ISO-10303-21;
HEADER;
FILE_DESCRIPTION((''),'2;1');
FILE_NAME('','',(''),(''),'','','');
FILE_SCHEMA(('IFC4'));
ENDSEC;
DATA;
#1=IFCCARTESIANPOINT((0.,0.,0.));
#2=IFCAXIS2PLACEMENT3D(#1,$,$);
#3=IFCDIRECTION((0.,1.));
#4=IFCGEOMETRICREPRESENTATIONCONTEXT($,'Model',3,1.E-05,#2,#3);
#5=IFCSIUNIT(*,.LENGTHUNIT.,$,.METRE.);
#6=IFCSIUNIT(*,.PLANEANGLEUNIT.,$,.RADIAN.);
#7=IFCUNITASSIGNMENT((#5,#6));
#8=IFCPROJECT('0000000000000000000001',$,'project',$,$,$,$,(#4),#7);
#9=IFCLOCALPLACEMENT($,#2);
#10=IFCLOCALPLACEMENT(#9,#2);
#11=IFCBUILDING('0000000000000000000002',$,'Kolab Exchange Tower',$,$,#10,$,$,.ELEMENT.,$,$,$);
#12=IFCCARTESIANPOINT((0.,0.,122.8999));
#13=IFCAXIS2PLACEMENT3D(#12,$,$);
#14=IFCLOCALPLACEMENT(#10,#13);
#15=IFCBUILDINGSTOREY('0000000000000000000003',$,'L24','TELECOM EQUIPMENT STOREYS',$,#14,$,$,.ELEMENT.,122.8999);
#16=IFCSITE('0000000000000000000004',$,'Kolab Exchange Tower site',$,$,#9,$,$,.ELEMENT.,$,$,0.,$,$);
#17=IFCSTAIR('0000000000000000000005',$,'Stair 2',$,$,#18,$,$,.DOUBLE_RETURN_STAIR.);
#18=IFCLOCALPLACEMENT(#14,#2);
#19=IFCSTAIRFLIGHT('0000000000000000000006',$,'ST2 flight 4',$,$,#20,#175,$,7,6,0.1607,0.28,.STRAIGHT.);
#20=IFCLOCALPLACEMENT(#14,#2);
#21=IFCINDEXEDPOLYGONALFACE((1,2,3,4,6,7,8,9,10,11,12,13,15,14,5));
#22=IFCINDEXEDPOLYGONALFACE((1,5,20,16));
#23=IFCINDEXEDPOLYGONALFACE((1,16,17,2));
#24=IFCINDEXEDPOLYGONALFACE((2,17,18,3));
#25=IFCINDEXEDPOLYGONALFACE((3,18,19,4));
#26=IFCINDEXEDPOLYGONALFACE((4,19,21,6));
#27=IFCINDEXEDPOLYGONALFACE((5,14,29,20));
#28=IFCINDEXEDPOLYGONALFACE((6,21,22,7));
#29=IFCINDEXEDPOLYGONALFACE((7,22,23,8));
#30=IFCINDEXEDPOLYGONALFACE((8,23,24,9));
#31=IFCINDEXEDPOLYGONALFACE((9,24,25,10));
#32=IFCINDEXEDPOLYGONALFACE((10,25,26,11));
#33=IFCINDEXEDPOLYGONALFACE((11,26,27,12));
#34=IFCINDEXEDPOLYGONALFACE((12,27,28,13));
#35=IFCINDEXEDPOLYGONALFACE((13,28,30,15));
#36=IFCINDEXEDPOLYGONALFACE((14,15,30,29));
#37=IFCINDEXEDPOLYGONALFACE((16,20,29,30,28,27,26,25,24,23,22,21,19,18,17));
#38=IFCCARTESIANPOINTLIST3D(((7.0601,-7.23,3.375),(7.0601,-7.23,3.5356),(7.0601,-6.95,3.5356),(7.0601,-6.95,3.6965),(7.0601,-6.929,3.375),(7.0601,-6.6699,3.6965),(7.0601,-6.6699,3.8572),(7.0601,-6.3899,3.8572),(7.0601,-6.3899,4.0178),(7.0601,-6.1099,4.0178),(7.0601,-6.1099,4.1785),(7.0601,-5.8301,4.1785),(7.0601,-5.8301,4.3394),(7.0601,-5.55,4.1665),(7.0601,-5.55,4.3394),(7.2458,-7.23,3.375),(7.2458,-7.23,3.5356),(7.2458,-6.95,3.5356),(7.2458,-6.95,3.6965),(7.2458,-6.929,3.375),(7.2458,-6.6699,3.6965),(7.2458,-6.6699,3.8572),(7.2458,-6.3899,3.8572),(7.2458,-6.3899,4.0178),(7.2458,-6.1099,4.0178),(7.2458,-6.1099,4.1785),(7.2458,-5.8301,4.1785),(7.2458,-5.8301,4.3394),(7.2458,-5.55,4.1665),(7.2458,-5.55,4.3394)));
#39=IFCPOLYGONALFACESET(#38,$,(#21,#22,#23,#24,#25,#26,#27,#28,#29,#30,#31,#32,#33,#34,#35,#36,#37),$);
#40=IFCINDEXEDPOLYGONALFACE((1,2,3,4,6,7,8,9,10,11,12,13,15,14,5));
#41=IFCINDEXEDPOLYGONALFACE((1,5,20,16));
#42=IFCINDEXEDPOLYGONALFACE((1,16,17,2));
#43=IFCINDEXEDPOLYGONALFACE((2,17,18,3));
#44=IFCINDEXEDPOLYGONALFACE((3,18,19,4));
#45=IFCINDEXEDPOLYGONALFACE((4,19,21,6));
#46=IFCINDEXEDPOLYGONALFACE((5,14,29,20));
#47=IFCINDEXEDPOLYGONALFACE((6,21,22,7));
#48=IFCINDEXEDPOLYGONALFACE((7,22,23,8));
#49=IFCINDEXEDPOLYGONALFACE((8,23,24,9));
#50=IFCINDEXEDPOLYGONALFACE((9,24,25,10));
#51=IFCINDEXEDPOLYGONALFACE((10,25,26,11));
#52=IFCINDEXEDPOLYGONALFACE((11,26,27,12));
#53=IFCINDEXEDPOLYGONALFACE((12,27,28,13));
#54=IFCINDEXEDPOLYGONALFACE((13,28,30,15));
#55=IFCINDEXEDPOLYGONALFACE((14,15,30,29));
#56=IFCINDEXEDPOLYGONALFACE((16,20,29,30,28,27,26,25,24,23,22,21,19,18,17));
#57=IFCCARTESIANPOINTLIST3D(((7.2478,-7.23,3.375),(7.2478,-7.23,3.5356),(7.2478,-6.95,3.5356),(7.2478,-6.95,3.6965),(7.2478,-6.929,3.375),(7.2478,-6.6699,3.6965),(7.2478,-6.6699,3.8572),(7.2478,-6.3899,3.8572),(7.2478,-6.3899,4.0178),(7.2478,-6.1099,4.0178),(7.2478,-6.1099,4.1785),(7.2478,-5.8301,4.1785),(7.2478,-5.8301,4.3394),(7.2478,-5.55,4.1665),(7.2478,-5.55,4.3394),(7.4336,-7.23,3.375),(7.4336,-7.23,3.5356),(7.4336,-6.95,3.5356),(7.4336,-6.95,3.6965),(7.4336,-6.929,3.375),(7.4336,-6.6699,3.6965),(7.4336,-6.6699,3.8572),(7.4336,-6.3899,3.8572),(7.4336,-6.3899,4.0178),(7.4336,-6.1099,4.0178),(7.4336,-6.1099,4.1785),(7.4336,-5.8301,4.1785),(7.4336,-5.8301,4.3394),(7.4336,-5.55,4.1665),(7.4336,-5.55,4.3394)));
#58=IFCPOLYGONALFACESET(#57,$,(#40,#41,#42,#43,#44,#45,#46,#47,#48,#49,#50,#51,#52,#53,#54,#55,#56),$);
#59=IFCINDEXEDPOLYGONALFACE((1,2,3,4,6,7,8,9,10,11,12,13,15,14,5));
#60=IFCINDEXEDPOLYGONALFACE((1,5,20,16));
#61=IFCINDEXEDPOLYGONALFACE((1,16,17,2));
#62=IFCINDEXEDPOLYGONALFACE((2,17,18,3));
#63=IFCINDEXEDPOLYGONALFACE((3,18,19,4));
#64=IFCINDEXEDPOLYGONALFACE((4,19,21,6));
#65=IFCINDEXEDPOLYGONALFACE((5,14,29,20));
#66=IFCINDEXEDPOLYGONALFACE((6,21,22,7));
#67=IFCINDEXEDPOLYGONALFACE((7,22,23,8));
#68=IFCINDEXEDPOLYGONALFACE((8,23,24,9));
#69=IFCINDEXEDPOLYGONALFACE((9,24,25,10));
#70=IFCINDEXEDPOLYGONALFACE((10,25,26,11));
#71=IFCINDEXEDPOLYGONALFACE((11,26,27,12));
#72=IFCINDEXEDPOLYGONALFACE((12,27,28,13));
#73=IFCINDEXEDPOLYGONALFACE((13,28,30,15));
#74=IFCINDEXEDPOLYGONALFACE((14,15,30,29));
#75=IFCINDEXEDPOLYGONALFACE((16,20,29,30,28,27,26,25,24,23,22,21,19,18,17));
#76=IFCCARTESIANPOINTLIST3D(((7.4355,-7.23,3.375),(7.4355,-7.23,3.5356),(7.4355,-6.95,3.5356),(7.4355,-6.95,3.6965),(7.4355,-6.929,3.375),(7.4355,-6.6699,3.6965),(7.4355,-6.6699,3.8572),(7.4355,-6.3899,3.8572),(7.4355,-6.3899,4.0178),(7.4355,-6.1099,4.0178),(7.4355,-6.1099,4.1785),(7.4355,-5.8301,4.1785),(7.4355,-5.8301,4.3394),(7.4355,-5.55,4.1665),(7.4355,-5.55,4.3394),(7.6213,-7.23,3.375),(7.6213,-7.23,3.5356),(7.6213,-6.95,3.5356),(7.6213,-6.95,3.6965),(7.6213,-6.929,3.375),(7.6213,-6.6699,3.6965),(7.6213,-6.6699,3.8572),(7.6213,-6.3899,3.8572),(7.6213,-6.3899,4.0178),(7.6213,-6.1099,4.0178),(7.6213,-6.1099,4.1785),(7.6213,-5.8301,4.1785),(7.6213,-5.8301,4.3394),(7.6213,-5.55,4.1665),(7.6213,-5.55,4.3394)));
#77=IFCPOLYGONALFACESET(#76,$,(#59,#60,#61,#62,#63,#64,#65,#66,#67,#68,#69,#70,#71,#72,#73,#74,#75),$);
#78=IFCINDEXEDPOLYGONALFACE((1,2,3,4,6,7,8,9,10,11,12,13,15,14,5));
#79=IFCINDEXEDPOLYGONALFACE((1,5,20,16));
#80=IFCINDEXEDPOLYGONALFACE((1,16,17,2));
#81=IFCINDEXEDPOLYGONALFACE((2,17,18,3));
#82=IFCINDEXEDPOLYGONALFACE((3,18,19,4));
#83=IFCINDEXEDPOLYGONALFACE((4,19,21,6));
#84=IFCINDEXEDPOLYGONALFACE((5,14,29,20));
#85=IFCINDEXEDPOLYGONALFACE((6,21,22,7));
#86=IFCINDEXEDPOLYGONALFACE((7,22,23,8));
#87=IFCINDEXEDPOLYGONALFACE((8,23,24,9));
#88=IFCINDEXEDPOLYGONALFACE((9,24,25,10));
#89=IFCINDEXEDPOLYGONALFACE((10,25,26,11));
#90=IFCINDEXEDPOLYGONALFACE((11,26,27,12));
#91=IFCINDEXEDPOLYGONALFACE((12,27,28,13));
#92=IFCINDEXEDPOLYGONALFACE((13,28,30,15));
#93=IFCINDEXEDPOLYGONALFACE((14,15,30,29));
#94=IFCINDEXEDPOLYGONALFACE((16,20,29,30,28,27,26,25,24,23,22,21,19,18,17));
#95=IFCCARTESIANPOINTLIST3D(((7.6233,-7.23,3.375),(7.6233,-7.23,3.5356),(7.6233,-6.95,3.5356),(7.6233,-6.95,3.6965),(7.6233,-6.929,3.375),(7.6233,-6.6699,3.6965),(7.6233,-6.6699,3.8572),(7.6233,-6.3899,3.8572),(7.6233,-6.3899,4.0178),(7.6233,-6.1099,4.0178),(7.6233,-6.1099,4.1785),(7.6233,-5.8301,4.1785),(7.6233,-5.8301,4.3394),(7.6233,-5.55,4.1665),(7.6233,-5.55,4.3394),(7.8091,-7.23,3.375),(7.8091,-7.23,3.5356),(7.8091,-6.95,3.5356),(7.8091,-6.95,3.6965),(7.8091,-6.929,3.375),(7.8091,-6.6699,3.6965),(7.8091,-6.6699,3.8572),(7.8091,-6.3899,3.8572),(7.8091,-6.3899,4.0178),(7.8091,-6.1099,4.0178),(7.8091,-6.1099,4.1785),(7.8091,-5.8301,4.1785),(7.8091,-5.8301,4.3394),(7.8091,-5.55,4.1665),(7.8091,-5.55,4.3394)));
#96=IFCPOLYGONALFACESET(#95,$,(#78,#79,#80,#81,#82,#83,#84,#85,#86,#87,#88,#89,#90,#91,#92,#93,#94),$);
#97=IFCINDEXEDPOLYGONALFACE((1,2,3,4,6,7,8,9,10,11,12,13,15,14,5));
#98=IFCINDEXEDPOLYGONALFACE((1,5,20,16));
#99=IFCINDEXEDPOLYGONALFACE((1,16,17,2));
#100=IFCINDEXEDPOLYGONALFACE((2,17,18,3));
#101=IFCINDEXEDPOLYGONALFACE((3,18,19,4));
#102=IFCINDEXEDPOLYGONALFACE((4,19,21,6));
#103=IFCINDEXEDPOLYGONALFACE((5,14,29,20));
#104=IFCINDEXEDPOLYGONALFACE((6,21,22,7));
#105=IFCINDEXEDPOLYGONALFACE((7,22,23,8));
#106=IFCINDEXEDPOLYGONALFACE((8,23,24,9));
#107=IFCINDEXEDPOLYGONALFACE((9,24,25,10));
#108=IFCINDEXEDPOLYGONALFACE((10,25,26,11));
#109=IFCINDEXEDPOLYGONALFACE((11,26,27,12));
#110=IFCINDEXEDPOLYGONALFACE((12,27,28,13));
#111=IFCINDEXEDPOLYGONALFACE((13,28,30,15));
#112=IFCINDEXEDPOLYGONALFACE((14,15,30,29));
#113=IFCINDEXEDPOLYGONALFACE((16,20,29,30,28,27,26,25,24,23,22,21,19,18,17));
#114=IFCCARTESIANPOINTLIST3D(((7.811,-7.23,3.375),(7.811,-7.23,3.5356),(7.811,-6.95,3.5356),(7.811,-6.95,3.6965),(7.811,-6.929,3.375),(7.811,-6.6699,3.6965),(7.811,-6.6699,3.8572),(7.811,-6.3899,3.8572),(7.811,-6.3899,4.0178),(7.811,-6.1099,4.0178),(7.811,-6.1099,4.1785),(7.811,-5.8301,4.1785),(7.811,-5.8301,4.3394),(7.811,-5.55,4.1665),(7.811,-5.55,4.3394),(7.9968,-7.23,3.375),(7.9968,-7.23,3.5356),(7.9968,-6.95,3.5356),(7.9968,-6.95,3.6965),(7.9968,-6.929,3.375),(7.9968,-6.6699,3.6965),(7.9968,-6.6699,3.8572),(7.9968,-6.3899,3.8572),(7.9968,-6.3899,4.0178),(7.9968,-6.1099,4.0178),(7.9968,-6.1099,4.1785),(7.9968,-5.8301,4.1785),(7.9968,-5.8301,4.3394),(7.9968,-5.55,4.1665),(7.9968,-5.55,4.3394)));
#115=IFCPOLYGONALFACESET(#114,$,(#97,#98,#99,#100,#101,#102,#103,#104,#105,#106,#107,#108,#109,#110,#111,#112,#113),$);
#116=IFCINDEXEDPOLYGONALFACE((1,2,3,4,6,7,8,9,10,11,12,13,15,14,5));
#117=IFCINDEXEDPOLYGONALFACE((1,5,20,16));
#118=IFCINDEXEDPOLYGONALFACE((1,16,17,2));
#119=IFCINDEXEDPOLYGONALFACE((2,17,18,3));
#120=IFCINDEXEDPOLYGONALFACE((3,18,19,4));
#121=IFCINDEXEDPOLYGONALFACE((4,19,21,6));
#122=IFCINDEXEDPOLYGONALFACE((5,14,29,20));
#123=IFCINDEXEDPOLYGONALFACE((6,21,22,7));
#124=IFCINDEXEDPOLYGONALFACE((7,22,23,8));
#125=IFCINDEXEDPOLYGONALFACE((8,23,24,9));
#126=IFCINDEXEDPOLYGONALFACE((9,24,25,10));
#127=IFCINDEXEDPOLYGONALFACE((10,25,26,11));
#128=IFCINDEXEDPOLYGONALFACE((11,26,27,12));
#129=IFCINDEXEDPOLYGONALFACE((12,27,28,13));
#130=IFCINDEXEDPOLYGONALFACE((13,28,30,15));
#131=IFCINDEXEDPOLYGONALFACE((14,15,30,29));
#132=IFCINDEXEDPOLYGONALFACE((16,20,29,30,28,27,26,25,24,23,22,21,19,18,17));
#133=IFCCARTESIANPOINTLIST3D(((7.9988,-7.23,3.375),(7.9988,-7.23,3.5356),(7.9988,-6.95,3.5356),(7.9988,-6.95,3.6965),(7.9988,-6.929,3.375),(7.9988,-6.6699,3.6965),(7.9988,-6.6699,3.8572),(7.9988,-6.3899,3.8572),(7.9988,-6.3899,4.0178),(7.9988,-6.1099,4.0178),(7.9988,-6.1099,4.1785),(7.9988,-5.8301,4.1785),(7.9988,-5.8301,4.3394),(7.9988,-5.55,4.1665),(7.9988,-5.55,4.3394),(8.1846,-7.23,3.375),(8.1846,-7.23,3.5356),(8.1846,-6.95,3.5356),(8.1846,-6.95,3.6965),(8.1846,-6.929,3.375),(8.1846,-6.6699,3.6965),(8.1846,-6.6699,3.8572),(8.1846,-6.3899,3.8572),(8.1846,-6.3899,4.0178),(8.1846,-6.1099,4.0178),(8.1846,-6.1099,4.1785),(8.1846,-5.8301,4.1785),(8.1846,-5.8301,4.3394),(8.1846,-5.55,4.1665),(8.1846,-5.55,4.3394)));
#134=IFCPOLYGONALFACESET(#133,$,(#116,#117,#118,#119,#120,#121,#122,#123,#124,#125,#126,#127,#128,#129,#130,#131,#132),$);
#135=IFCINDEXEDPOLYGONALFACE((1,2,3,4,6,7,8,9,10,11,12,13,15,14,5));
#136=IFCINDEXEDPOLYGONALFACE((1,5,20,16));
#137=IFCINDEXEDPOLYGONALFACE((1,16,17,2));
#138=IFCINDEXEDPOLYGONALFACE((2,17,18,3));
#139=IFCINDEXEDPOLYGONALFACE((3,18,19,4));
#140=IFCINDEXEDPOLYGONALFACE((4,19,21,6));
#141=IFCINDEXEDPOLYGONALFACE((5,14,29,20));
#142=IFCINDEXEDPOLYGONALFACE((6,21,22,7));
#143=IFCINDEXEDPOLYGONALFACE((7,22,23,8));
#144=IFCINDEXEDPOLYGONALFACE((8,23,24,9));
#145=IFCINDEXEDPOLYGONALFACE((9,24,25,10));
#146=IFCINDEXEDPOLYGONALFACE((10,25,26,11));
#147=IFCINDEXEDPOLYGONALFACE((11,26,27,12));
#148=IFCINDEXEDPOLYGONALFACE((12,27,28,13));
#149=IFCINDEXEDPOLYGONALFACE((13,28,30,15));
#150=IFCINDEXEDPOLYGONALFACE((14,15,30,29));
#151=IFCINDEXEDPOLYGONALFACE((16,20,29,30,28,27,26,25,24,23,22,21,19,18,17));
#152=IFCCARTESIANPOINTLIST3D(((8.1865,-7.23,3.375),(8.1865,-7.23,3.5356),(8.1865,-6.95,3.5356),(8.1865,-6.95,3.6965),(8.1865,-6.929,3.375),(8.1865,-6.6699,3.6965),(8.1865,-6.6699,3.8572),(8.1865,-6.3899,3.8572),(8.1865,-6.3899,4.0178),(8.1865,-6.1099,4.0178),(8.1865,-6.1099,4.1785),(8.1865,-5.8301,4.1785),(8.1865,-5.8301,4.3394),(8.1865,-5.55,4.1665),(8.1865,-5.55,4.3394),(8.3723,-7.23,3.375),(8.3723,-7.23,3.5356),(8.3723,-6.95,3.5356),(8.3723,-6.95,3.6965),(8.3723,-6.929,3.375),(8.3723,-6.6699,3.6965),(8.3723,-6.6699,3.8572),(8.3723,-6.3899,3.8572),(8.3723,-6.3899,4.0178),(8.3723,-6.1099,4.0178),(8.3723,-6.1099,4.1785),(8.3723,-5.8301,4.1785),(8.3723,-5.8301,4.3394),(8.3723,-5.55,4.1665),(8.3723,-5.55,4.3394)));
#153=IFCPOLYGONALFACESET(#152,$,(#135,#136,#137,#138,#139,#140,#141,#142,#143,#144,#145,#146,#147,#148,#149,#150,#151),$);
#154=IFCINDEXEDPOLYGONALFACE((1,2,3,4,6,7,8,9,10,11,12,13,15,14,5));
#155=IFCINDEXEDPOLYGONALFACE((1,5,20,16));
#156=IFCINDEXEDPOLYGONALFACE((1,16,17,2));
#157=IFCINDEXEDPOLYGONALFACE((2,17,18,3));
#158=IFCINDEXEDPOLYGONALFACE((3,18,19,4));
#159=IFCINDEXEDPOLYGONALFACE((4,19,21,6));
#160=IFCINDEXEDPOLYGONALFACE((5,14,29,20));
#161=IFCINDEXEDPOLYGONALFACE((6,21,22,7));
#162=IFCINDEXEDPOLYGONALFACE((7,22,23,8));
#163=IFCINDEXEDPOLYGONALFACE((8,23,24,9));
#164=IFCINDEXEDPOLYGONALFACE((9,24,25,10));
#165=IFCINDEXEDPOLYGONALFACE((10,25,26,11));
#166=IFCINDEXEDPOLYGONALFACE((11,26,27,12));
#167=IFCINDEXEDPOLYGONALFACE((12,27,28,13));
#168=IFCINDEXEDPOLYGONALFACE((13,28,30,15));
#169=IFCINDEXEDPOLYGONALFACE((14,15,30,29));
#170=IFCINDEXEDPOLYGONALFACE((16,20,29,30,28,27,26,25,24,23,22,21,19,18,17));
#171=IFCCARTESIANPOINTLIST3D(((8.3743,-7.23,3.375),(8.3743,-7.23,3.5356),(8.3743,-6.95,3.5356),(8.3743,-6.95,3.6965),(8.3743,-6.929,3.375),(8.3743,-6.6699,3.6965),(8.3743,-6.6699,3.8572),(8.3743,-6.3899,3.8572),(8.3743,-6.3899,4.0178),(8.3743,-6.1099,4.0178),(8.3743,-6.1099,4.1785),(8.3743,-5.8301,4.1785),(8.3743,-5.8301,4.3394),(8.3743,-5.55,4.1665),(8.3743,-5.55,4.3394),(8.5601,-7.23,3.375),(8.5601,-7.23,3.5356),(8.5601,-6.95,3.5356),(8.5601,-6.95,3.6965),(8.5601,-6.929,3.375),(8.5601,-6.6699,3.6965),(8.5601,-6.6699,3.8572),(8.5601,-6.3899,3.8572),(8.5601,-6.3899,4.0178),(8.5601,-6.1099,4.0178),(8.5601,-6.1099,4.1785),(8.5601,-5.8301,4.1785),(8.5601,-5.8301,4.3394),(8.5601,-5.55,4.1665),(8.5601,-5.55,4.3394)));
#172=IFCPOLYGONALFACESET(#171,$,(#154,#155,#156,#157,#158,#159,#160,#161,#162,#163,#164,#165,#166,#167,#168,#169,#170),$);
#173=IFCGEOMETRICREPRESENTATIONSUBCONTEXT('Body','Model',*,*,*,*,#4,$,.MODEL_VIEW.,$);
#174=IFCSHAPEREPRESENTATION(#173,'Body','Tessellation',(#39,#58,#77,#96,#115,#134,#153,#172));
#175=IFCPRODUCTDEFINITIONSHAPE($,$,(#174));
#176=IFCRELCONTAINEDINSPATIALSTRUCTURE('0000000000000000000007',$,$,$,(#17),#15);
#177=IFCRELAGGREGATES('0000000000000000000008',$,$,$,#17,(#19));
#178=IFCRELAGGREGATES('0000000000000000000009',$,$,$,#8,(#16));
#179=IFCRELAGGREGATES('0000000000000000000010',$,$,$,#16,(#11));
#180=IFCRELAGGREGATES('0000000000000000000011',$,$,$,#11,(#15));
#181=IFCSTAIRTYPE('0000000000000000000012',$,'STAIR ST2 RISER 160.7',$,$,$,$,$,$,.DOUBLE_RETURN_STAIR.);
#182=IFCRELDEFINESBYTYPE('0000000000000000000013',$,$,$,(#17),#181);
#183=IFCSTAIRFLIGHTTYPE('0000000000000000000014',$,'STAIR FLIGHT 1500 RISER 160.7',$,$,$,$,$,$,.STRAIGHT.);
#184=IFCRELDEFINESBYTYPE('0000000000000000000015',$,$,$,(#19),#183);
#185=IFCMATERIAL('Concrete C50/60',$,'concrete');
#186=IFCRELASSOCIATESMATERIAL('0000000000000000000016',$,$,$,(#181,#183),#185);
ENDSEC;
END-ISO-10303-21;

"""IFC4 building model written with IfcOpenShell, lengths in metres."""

from ifc_helpers import new_model, si_unit, direction, frame, origin, place, context, subcontext, project, spatial, polyline, outline, extrude, material, type_object, element, aggregate, save


model = new_model("IFC4")

# Units and contexts
model_context = context("Model", 3, precision=1e-05, world=origin(), true_north=direction((0.0, 1.0)))
body_context = subcontext(model_context, "Body", "Model", "MODEL_VIEW")
ifc_project = project(units=[si_unit("LENGTHUNIT", "METRE"), si_unit("PLANEANGLEUNIT", "RADIAN")], contexts=[model_context])

# Site, building, storey
site_placement = place(None, origin())
site = spatial("IfcSite", under=ifc_project, at=site_placement, Name="Kolab Exchange Tower site", CompositionType="ELEMENT", RefElevation=0.0)
building_placement = place(site_placement, origin())
building = spatial("IfcBuilding", under=site, at=building_placement, Name="Kolab Exchange Tower", CompositionType="ELEMENT")
storey_placement = place(building_placement, frame((0.0, 0.0, 122.8999)))
storey = spatial("IfcBuildingStorey", under=building, at=storey_placement, Name="L24", Description="TELECOM EQUIPMENT STOREYS", CompositionType="ELEMENT", Elevation=122.8999)

# Shared definitions
ifc_material_1 = material(Name="Concrete C50/60", Category="concrete")

# Stair, stair flight
stair_type = type_object("IfcStairType", Name="STAIR ST2 RISER 160.7", PredefinedType="DOUBLE_RETURN_STAIR", material=ifc_material_1)
stair_placement = place(storey_placement, origin())
stair = element("IfcStair", 1, at=stair_placement, inside=storey, type_object=stair_type, Name="Stair 2", PredefinedType="DOUBLE_RETURN_STAIR")
stair_flight_type = type_object("IfcStairFlightType", Name="STAIR FLIGHT 1500 RISER 160.7", PredefinedType="STRAIGHT", material=ifc_material_1)
stair_flight_1_placement = place(storey_placement, frame((7.8101, -7.23, 3.375), z_axis=(0.0, 0.0, 1.0), x_axis=(0.0, 1.0, 0.0)))
stair_flight_1 = element("IfcStairFlight", 2, at=stair_flight_1_placement, type_object=stair_flight_type, Name="ST2 flight 4", NumberOfRisers=7, NumberOfTreads=6, PredefinedType="STRAIGHT", RiserHeight=0.1607, TreadLength=0.28, context=body_context, shape_type="SweptSolid", body=[
    extrude(outline(polyline([(0.0, 0.0), (0.0, 0.1606), (0.28, 0.1606), (0.28, 0.3215), (0.5601, 0.3215), (0.5601, 0.4822), (0.8401, 0.4822), (0.8401, 0.6428), (1.1201, 0.6428), (1.1201, 0.8035), (1.3999, 0.8035), (1.3999, 0.9644), (1.6799, 0.9644), (1.6799, 1.125), (1.6799, 0.7915), (0.301, 0.0), (0.0, 0.0)])), frame((0.0, 0.75, 0.0), z_axis=(0.0, -1.0, 0.0), x_axis=(1.0, 0.0, 0.0)), (0.0, 0.0, 1.0), 0.1858),
    extrude(outline(polyline([(0.0, 0.0), (0.0, 0.1606), (0.28, 0.1606), (0.28, 0.3215), (0.5601, 0.3215), (0.5601, 0.4822), (0.8401, 0.4822), (0.8401, 0.6428), (1.1201, 0.6428), (1.1201, 0.8035), (1.3999, 0.8035), (1.3999, 0.9644), (1.6799, 0.9644), (1.6799, 1.125), (1.6799, 0.7915), (0.301, 0.0), (0.0, 0.0)])), frame((0.0, 0.5623, 0.0), z_axis=(0.0, -1.0, 0.0), x_axis=(1.0, 0.0, 0.0)), (0.0, 0.0, 1.0), 0.1858),
    extrude(outline(polyline([(0.0, 0.0), (0.0, 0.1606), (0.28, 0.1606), (0.28, 0.3215), (0.5601, 0.3215), (0.5601, 0.4822), (0.8401, 0.4822), (0.8401, 0.6428), (1.1201, 0.6428), (1.1201, 0.8035), (1.3999, 0.8035), (1.3999, 0.9644), (1.6799, 0.9644), (1.6799, 1.125), (1.6799, 0.7915), (0.301, 0.0), (0.0, 0.0)])), frame((0.0, 0.3745, 0.0), z_axis=(0.0, -1.0, 0.0), x_axis=(1.0, 0.0, 0.0)), (0.0, 0.0, 1.0), 0.1858),
    extrude(outline(polyline([(0.0, 0.0), (0.0, 0.1606), (0.28, 0.1606), (0.28, 0.3215), (0.5601, 0.3215), (0.5601, 0.4822), (0.8401, 0.4822), (0.8401, 0.6428), (1.1201, 0.6428), (1.1201, 0.8035), (1.3999, 0.8035), (1.3999, 0.9644), (1.6799, 0.9644), (1.6799, 1.125), (1.6799, 0.7915), (0.301, 0.0), (0.0, 0.0)])), frame((0.0, 0.1868, 0.0), z_axis=(0.0, -1.0, 0.0), x_axis=(1.0, 0.0, 0.0)), (0.0, 0.0, 1.0), 0.1858),
    extrude(outline(polyline([(0.0, 0.0), (0.0, 0.1606), (0.28, 0.1606), (0.28, 0.3215), (0.5601, 0.3215), (0.5601, 0.4822), (0.8401, 0.4822), (0.8401, 0.6428), (1.1201, 0.6428), (1.1201, 0.8035), (1.3999, 0.8035), (1.3999, 0.9644), (1.6799, 0.9644), (1.6799, 1.125), (1.6799, 0.7915), (0.301, 0.0), (0.0, 0.0)])), frame((0.0, -0.001, 0.0), z_axis=(0.0, -1.0, 0.0), x_axis=(1.0, 0.0, 0.0)), (0.0, 0.0, 1.0), 0.1858),
    extrude(outline(polyline([(0.0, 0.0), (0.0, 0.1606), (0.28, 0.1606), (0.28, 0.3215), (0.5601, 0.3215), (0.5601, 0.4822), (0.8401, 0.4822), (0.8401, 0.6428), (1.1201, 0.6428), (1.1201, 0.8035), (1.3999, 0.8035), (1.3999, 0.9644), (1.6799, 0.9644), (1.6799, 1.125), (1.6799, 0.7915), (0.301, 0.0), (0.0, 0.0)])), frame((0.0, -0.1887, 0.0), z_axis=(0.0, -1.0, 0.0), x_axis=(1.0, 0.0, 0.0)), (0.0, 0.0, 1.0), 0.1858),
    extrude(outline(polyline([(0.0, 0.0), (0.0, 0.1606), (0.28, 0.1606), (0.28, 0.3215), (0.5601, 0.3215), (0.5601, 0.4822), (0.8401, 0.4822), (0.8401, 0.6428), (1.1201, 0.6428), (1.1201, 0.8035), (1.3999, 0.8035), (1.3999, 0.9644), (1.6799, 0.9644), (1.6799, 1.125), (1.6799, 0.7915), (0.301, 0.0), (0.0, 0.0)])), frame((0.0, -0.3765, 0.0), z_axis=(0.0, -1.0, 0.0), x_axis=(1.0, 0.0, 0.0)), (0.0, 0.0, 1.0), 0.1858),
    extrude(outline(polyline([(0.0, 0.0), (0.0, 0.1606), (0.28, 0.1606), (0.28, 0.3215), (0.5601, 0.3215), (0.5601, 0.4822), (0.8401, 0.4822), (0.8401, 0.6428), (1.1201, 0.6428), (1.1201, 0.8035), (1.3999, 0.8035), (1.3999, 0.9644), (1.6799, 0.9644), (1.6799, 1.125), (1.6799, 0.7915), (0.301, 0.0), (0.0, 0.0)])), frame((0.0, -0.5642, 0.0), z_axis=(0.0, -1.0, 0.0), x_axis=(1.0, 0.0, 0.0)), (0.0, 0.0, 1.0), 0.1858),
])
aggregate(stair, [stair_flight_1])

save(model, "model.ifc")
